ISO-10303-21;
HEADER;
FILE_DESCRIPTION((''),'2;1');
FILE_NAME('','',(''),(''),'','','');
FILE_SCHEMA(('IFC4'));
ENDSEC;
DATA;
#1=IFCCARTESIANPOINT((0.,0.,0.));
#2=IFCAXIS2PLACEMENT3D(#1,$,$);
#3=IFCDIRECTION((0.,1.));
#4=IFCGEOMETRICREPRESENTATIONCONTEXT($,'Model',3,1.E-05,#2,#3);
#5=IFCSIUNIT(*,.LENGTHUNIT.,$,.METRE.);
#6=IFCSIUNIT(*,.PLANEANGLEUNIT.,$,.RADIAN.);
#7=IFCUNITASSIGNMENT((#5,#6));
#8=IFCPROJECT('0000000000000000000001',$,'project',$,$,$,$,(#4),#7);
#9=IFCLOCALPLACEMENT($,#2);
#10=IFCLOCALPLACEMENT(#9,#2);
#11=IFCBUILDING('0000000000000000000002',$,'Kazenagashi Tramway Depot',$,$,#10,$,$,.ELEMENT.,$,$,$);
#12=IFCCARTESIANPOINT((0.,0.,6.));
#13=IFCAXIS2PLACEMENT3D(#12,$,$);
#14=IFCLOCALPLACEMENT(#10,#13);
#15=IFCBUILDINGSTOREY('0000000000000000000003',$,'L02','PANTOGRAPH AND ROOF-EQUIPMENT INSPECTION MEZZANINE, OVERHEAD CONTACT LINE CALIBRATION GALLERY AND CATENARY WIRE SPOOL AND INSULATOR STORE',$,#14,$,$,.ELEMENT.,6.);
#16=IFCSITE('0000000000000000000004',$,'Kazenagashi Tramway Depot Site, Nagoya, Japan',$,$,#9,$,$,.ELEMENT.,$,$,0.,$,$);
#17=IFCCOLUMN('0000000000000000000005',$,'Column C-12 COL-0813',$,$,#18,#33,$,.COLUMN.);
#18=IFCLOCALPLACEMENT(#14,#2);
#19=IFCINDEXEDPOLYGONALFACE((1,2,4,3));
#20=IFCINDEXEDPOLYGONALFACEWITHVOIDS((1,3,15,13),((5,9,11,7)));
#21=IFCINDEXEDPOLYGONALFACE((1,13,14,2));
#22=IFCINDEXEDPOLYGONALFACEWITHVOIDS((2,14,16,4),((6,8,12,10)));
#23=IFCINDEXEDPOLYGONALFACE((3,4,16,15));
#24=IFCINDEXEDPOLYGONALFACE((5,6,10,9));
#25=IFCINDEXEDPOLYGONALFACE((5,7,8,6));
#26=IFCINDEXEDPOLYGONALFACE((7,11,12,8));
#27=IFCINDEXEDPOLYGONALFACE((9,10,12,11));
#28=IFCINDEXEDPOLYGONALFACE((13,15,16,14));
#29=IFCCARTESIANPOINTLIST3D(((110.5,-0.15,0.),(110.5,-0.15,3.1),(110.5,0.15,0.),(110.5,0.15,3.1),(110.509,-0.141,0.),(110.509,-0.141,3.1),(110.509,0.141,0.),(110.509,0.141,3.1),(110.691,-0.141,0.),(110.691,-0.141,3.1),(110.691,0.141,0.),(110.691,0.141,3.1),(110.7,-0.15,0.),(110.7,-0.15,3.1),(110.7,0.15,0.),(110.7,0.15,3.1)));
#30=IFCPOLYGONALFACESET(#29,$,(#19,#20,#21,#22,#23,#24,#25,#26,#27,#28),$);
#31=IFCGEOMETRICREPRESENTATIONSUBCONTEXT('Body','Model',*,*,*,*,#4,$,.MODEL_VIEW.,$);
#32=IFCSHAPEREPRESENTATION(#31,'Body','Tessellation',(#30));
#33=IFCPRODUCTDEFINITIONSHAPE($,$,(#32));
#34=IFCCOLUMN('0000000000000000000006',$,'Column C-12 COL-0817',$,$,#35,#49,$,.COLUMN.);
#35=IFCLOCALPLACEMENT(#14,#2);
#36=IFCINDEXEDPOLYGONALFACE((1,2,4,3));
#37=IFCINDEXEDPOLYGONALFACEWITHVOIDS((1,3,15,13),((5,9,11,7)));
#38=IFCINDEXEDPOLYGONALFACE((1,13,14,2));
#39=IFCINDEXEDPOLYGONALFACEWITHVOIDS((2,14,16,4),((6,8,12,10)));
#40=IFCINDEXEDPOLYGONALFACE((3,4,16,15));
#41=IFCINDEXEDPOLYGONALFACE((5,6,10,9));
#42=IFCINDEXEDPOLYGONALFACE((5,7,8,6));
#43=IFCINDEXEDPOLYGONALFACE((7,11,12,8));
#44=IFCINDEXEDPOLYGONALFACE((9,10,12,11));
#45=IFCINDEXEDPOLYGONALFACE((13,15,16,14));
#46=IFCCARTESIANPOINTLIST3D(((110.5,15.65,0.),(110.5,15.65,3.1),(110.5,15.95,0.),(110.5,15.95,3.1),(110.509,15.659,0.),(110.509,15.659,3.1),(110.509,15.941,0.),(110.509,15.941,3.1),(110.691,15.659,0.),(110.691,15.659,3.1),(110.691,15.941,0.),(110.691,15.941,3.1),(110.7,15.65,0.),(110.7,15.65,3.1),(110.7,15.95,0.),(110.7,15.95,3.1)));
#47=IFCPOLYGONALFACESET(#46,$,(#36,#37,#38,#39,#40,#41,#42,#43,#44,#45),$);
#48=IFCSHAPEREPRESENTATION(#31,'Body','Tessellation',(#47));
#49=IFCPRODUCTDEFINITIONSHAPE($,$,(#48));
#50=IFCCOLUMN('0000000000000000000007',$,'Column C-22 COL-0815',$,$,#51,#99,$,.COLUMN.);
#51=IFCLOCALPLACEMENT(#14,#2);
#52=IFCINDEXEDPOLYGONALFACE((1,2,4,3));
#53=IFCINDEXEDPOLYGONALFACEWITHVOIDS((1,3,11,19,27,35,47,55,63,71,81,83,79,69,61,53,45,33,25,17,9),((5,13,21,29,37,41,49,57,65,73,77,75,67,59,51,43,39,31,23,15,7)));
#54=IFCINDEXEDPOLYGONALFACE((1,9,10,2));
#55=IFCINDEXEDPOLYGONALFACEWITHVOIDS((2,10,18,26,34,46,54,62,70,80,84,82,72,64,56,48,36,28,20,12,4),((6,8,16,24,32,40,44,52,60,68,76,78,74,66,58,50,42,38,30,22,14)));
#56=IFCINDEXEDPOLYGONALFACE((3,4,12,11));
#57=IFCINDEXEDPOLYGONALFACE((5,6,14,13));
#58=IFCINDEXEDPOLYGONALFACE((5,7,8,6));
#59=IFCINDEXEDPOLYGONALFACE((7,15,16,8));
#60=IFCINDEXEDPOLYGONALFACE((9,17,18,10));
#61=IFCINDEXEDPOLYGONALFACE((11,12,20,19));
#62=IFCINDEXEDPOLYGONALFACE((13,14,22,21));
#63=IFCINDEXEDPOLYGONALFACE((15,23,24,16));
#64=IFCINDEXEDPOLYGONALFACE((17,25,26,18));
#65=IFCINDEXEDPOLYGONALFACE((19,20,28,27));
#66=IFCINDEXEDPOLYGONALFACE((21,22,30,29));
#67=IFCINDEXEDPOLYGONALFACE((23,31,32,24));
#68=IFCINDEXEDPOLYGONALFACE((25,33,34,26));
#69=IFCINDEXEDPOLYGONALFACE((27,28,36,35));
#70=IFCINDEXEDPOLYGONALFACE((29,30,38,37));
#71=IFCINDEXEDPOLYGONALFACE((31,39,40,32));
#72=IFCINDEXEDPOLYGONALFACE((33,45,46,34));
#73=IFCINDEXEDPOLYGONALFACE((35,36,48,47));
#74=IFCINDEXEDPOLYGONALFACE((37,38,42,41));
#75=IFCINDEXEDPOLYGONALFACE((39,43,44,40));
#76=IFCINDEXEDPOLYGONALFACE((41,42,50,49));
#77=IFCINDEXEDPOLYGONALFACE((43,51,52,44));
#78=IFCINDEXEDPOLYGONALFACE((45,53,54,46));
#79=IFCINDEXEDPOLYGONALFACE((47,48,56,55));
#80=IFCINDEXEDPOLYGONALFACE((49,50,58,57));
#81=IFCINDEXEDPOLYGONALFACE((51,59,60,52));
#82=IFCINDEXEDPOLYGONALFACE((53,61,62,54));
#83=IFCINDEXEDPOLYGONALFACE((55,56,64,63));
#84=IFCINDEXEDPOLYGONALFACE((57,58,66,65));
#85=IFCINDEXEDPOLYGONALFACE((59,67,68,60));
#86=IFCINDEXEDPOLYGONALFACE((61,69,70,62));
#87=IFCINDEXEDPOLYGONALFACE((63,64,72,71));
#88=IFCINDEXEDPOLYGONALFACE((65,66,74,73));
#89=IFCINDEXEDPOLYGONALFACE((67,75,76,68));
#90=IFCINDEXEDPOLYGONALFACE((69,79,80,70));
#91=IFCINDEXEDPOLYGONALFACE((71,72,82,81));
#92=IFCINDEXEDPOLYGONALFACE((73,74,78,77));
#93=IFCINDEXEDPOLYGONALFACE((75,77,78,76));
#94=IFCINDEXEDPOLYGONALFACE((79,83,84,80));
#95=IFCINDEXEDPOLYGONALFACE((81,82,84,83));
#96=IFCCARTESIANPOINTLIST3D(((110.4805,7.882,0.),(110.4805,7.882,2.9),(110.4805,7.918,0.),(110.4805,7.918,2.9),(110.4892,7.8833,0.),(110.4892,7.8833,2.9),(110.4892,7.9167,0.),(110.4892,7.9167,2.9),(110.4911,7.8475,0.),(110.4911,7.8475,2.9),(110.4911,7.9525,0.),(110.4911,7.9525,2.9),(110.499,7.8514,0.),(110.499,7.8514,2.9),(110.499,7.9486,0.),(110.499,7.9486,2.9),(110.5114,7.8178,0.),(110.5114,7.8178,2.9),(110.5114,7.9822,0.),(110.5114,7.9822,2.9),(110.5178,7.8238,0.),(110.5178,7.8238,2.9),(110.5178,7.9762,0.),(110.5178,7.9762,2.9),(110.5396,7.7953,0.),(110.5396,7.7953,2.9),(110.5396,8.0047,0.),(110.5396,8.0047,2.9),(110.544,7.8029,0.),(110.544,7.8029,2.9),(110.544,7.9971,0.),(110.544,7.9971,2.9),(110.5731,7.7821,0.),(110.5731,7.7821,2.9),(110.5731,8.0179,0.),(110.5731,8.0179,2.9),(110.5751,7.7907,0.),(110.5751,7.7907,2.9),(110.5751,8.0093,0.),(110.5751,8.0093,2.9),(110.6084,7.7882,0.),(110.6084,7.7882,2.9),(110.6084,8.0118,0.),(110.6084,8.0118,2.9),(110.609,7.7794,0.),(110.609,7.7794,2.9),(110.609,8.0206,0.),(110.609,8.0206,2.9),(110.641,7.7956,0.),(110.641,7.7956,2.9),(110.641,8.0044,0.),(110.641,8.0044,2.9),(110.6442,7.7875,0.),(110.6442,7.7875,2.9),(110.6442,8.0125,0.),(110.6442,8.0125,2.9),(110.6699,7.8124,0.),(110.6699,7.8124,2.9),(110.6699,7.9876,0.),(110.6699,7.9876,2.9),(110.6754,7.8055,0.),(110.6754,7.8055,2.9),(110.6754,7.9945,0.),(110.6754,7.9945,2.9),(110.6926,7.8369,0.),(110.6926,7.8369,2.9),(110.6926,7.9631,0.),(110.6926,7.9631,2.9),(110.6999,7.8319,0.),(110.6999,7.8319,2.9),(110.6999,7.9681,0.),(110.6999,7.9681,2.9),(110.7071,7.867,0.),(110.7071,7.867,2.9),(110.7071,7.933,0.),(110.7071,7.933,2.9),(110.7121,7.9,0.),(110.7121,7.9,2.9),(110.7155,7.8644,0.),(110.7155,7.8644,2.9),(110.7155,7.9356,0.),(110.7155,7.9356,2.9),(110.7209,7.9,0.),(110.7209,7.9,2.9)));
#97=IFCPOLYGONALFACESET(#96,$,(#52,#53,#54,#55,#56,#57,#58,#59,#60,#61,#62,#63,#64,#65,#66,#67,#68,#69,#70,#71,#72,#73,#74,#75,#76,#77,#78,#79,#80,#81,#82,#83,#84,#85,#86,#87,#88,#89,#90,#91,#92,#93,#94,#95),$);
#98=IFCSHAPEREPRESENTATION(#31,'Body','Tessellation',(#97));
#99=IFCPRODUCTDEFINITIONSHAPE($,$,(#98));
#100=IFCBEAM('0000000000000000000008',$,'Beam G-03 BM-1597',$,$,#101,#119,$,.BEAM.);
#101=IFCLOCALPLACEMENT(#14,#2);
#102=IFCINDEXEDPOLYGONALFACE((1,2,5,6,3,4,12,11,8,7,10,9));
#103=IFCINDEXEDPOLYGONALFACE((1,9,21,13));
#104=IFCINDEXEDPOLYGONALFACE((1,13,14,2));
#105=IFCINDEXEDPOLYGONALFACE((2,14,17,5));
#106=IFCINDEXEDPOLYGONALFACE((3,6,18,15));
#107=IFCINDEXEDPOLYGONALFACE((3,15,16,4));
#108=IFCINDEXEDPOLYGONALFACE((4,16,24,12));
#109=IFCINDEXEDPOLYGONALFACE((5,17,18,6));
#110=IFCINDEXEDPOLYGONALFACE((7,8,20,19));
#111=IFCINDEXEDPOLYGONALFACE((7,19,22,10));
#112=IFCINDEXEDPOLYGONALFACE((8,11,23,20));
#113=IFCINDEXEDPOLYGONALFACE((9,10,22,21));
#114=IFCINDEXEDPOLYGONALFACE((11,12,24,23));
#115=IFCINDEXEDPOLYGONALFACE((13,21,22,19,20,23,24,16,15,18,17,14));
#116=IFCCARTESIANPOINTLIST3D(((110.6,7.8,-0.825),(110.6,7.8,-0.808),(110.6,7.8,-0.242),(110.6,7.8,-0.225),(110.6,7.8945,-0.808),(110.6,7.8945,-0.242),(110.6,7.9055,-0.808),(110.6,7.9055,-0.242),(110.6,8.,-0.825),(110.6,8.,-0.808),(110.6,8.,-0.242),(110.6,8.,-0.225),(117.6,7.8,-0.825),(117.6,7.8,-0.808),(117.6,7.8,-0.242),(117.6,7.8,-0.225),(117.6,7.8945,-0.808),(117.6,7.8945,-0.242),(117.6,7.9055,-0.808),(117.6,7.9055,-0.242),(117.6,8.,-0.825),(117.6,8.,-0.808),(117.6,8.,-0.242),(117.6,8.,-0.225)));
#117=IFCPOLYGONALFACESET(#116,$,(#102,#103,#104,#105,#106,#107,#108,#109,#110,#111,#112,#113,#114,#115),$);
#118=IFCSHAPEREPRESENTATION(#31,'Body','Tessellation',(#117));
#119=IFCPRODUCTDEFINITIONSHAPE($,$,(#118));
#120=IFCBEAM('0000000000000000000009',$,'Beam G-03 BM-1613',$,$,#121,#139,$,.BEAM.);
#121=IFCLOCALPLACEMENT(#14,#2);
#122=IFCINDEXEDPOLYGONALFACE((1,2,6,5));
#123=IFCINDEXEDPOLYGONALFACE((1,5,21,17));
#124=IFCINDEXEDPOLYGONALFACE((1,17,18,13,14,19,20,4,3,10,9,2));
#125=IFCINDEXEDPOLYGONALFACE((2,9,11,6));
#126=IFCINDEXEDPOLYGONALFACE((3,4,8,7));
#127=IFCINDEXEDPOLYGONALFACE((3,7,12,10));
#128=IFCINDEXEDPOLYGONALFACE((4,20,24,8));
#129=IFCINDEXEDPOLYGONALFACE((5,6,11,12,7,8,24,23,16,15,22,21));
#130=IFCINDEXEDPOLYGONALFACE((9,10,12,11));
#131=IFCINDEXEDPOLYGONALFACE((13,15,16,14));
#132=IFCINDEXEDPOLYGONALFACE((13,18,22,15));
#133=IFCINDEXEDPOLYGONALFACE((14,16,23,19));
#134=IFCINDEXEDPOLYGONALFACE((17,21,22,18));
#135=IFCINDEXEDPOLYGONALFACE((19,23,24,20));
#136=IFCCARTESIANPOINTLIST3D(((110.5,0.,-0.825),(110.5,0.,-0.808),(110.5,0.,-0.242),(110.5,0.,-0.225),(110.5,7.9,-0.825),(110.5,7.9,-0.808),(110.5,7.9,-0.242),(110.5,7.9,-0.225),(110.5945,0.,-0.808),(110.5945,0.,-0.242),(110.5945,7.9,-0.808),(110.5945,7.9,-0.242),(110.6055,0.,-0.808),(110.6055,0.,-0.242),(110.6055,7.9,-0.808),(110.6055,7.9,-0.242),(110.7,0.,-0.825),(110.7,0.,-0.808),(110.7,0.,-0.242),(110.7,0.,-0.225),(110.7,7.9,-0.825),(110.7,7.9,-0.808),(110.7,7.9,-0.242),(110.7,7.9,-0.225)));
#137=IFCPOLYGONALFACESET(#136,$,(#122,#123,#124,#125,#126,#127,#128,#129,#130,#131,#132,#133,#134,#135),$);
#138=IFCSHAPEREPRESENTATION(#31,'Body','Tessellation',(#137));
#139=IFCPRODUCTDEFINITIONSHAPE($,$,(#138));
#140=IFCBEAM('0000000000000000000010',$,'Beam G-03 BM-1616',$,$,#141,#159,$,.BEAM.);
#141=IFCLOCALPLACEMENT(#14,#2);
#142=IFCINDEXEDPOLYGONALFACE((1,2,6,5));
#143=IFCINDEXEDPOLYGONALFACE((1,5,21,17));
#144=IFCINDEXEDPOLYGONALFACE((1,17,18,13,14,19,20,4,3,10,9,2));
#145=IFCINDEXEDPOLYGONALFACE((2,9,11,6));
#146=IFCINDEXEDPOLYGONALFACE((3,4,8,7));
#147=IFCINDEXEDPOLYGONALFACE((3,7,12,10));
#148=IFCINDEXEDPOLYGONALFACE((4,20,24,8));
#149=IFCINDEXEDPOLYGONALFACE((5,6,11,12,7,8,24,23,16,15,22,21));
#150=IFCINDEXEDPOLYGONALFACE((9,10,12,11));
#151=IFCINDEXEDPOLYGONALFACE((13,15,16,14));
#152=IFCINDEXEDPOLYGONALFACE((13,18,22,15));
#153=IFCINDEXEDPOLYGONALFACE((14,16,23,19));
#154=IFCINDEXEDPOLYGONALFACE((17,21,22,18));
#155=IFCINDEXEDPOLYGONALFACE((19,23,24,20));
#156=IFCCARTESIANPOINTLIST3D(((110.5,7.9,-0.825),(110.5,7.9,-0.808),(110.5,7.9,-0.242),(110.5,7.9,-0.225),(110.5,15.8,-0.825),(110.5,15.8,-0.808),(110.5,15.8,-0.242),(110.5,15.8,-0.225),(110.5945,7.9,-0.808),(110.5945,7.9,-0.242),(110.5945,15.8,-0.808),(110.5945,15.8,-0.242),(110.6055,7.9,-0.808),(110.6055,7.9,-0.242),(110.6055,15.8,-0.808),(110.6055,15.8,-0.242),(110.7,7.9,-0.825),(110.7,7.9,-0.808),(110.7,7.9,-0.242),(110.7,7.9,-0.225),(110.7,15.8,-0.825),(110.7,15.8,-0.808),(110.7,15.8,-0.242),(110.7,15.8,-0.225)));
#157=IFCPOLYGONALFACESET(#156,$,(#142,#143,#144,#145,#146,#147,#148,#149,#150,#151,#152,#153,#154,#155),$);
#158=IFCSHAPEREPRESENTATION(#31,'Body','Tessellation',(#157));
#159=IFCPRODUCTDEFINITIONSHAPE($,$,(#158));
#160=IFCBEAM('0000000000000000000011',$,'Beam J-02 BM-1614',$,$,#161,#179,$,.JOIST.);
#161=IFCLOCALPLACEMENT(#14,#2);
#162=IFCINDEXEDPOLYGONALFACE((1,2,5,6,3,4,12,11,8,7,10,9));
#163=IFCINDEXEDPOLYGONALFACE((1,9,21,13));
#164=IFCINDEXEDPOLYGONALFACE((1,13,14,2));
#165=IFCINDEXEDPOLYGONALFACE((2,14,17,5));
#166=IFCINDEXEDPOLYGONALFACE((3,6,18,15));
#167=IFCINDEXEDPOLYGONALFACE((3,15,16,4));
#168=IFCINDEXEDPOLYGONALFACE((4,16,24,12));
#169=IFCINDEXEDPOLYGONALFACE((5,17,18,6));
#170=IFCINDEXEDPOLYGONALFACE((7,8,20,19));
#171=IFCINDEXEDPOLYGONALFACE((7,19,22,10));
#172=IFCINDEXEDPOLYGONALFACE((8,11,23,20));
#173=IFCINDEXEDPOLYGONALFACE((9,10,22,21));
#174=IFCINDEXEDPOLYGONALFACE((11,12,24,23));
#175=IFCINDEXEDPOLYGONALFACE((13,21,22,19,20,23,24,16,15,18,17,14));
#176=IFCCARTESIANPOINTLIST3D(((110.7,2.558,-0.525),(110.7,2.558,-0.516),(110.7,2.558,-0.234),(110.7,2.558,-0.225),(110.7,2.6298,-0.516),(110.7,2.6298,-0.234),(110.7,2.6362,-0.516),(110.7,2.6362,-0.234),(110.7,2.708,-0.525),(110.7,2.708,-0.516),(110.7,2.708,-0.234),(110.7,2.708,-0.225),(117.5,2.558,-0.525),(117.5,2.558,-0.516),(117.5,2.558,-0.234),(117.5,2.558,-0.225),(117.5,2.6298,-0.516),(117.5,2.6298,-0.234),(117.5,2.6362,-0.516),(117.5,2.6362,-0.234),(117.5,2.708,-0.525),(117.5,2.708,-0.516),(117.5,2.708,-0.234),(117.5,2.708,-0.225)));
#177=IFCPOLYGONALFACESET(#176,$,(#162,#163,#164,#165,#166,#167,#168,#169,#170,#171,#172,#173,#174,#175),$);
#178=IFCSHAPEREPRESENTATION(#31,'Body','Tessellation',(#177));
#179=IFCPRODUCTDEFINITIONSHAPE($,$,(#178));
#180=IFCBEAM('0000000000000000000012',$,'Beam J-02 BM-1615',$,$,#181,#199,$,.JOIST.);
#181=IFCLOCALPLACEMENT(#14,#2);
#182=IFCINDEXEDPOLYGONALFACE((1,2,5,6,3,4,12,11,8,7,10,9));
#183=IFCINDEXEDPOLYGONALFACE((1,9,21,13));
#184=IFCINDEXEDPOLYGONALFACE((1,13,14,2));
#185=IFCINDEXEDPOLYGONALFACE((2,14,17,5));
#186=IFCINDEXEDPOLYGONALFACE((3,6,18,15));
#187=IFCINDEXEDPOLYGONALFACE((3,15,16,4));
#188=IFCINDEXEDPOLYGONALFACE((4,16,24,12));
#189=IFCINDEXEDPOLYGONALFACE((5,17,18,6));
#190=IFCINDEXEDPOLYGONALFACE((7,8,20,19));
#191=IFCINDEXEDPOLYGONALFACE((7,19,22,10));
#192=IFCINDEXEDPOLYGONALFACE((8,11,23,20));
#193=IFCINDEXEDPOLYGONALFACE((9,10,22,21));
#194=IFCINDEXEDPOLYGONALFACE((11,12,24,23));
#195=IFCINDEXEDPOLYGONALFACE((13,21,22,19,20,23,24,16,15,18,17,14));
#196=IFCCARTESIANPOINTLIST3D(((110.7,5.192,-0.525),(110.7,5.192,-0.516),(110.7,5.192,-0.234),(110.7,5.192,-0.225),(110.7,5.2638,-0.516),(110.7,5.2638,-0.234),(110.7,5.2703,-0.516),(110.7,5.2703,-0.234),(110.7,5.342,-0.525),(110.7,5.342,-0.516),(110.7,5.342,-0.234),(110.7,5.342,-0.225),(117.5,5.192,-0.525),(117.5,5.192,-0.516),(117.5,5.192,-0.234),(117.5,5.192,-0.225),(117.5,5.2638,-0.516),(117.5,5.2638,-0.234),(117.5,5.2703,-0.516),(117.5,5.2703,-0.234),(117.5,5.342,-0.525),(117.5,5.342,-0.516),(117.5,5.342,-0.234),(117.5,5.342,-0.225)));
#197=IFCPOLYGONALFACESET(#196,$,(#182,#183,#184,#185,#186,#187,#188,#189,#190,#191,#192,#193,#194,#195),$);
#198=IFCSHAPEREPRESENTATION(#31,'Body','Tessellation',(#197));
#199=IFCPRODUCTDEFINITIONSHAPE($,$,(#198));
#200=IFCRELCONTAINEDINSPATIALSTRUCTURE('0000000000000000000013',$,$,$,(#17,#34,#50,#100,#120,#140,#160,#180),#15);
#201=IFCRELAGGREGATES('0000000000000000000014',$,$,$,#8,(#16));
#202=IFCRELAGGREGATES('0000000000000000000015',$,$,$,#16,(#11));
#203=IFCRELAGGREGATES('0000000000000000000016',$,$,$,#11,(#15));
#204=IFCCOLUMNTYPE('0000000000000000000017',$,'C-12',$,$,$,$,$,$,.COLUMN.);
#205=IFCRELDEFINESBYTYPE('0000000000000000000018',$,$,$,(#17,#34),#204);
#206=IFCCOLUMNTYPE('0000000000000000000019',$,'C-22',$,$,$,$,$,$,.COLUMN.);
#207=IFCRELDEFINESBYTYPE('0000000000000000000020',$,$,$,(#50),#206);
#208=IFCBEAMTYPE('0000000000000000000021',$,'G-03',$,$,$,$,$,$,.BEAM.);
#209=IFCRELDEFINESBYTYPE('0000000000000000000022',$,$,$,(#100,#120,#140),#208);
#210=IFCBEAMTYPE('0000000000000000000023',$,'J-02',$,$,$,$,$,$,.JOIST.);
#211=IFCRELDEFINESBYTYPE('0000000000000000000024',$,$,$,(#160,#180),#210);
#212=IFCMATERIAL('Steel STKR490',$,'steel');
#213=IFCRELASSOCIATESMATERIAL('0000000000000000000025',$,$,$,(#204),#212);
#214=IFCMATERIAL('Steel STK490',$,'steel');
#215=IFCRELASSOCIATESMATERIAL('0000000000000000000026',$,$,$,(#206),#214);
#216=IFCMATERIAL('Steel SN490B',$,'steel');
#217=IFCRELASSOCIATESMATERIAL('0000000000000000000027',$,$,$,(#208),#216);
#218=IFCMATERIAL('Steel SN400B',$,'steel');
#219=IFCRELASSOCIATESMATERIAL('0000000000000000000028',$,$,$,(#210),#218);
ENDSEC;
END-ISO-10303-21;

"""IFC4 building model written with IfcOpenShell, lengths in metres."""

from ifc_helpers import new_model, si_unit, direction, frame, origin, origin_2d, place, context, subcontext, project, spatial, hollow_rectangle, hollow_circle, i_section, extrude, material, material_profile, profile_set, type_object, element, save


model = new_model("IFC4")

# Units and contexts
model_context = context("Model", 3, precision=1e-05, world=origin(), true_north=direction((0.0, 1.0)))
body_context = subcontext(model_context, "Body", "Model", "MODEL_VIEW")
ifc_project = project(units=[si_unit("LENGTHUNIT", "METRE"), si_unit("PLANEANGLEUNIT", "RADIAN")], contexts=[model_context])

# Site, building, storey
site_placement = place(None, origin())
site = spatial("IfcSite", under=ifc_project, at=site_placement, Name="Kazenagashi Tramway Depot Site, Nagoya, Japan", CompositionType="ELEMENT", RefElevation=0.0)
building_placement = place(site_placement, origin())
building = spatial("IfcBuilding", under=site, at=building_placement, Name="Kazenagashi Tramway Depot", CompositionType="ELEMENT")
storey_placement = place(building_placement, frame((0.0, 0.0, 6.0)))
storey = spatial("IfcBuildingStorey", under=building, at=storey_placement, Name="L02", Description="PANTOGRAPH AND ROOF-EQUIPMENT INSPECTION MEZZANINE, OVERHEAD CONTACT LINE CALIBRATION GALLERY AND CATENARY WIRE SPOOL AND INSULATOR STORE", CompositionType="ELEMENT", Elevation=6.0)

# Columns
ifc_material_1 = material(Name="Steel STKR490", Category="steel")
ifc_material_profile_1 = material_profile(ifc_material_1, hollow_rectangle(XDim=0.2, YDim=0.3, WallThickness=0.009, at=origin_2d()), Name="RHS-300x200x9")
ifc_profile_set_1 = profile_set([ifc_material_profile_1], Name="Steel STKR490")
column_type_1 = type_object("IfcColumnType", Name="C-12", PredefinedType="COLUMN", material=ifc_profile_set_1)
for number, where, z_axis, x_axis, name in (
    (1, (110.6, 0.0, 0.0), (0.0, 0.0, 1.0), (1.0, 0.0, 0.0), "Column C-12 COL-0813"),
    (2, (110.6, 15.8, 0.0), (0.0, 0.0, 1.0), (1.0, 0.0, 0.0), "Column C-12 COL-0817"),
):
    element("IfcColumn", number, at=place(storey_placement, frame(where, z_axis=z_axis, x_axis=x_axis)), inside=storey, type_object=column_type_1, Name=name, PredefinedType="COLUMN", context=body_context, shape_type="SweptSolid", body=[
        extrude(hollow_rectangle(XDim=0.2, YDim=0.3, WallThickness=0.009, at=origin_2d()), origin(), (0.0, 0.0, 1.0), 3.1),
    ])
ifc_material_2 = material(Name="Steel STK490", Category="steel")
ifc_material_profile_2 = material_profile(ifc_material_2, hollow_circle(Radius=0.1209, WallThickness=0.0088, at=origin_2d()), Name="CHS-241.8x8.8")
ifc_profile_set_2 = profile_set([ifc_material_profile_2], Name="Steel STK490")
column_type_2 = type_object("IfcColumnType", Name="C-22", PredefinedType="COLUMN", material=ifc_profile_set_2)
column_placement = place(storey_placement, frame((110.6, 7.9, 0.0), z_axis=(0.0, 0.0, 1.0), x_axis=(1.0, 0.0, 0.0)))
element("IfcColumn", 3, at=column_placement, inside=storey, type_object=column_type_2, Name="Column C-22 COL-0815", PredefinedType="COLUMN", context=body_context, shape_type="SweptSolid", body=[
    extrude(hollow_circle(Radius=0.1209, WallThickness=0.0088, at=origin_2d()), origin(), (0.0, 0.0, 1.0), 2.9),
])

# Beams
ifc_material_3 = material(Name="Steel SN490B", Category="steel")
ifc_material_profile_3 = material_profile(ifc_material_3, i_section(OverallWidth=0.2, OverallDepth=0.6, WebThickness=0.011, FlangeThickness=0.017, at=origin_2d()), Name="H-600x200x11x17")
ifc_profile_set_3 = profile_set([ifc_material_profile_3], Name="Steel SN490B")
beam_type_1 = type_object("IfcBeamType", Name="G-03", PredefinedType="BEAM", material=ifc_profile_set_3)
beam_placement = place(storey_placement, frame((110.6, 7.9, -0.525), z_axis=(1.0, 0.0, 0.0), x_axis=(0.0, 1.0, 0.0)))
element("IfcBeam", 4, at=beam_placement, inside=storey, type_object=beam_type_1, Name="Beam G-03 BM-1597", PredefinedType="BEAM", context=body_context, shape_type="SweptSolid", body=[
    extrude(i_section(OverallWidth=0.2, OverallDepth=0.6, WebThickness=0.011, FlangeThickness=0.017, at=origin_2d()), origin(), (0.0, 0.0, 1.0), 7.0),
])
for number, where, z_axis, x_axis, name in (
    (5, (110.6, 0.0, -0.525), (0.0, 1.0, 0.0), (-1.0, 0.0, 0.0), "Beam G-03 BM-1613"),
    (6, (110.6, 7.9, -0.525), (0.0, 1.0, 0.0), (-1.0, 0.0, 0.0), "Beam G-03 BM-1616"),
):
    element("IfcBeam", number, at=place(storey_placement, frame(where, z_axis=z_axis, x_axis=x_axis)), inside=storey, type_object=beam_type_1, Name=name, PredefinedType="BEAM", context=body_context, shape_type="SweptSolid", body=[
        extrude(i_section(OverallWidth=0.2, OverallDepth=0.6, WebThickness=0.011, FlangeThickness=0.017, at=origin_2d()), origin(), (0.0, 0.0, 1.0), 7.9),
    ])
ifc_material_4 = material(Name="Steel SN400B", Category="steel")
ifc_material_profile_4 = material_profile(ifc_material_4, i_section(OverallWidth=0.15, OverallDepth=0.3, WebThickness=0.0065, FlangeThickness=0.009, at=origin_2d()), Name="H-300x150x6.5x9")
ifc_profile_set_4 = profile_set([ifc_material_profile_4], Name="Steel SN400B")
beam_type_2 = type_object("IfcBeamType", Name="J-02", PredefinedType="JOIST", material=ifc_profile_set_4)
for number, where, z_axis, x_axis, name in (
    (7, (110.7, 2.633, -0.375), (1.0, 0.0, 0.0), (0.0, 1.0, 0.0), "Beam J-02 BM-1614"),
    (8, (110.7, 5.267, -0.375), (1.0, 0.0, 0.0), (0.0, 1.0, 0.0), "Beam J-02 BM-1615"),
):
    element("IfcBeam", number, at=place(storey_placement, frame(where, z_axis=z_axis, x_axis=x_axis)), inside=storey, type_object=beam_type_2, Name=name, PredefinedType="JOIST", context=body_context, shape_type="SweptSolid", body=[
        extrude(i_section(OverallWidth=0.15, OverallDepth=0.3, WebThickness=0.0065, FlangeThickness=0.009, at=origin_2d()), origin(), (0.0, 0.0, 1.0), 6.8),
    ])

save(model, "model.ifc")
